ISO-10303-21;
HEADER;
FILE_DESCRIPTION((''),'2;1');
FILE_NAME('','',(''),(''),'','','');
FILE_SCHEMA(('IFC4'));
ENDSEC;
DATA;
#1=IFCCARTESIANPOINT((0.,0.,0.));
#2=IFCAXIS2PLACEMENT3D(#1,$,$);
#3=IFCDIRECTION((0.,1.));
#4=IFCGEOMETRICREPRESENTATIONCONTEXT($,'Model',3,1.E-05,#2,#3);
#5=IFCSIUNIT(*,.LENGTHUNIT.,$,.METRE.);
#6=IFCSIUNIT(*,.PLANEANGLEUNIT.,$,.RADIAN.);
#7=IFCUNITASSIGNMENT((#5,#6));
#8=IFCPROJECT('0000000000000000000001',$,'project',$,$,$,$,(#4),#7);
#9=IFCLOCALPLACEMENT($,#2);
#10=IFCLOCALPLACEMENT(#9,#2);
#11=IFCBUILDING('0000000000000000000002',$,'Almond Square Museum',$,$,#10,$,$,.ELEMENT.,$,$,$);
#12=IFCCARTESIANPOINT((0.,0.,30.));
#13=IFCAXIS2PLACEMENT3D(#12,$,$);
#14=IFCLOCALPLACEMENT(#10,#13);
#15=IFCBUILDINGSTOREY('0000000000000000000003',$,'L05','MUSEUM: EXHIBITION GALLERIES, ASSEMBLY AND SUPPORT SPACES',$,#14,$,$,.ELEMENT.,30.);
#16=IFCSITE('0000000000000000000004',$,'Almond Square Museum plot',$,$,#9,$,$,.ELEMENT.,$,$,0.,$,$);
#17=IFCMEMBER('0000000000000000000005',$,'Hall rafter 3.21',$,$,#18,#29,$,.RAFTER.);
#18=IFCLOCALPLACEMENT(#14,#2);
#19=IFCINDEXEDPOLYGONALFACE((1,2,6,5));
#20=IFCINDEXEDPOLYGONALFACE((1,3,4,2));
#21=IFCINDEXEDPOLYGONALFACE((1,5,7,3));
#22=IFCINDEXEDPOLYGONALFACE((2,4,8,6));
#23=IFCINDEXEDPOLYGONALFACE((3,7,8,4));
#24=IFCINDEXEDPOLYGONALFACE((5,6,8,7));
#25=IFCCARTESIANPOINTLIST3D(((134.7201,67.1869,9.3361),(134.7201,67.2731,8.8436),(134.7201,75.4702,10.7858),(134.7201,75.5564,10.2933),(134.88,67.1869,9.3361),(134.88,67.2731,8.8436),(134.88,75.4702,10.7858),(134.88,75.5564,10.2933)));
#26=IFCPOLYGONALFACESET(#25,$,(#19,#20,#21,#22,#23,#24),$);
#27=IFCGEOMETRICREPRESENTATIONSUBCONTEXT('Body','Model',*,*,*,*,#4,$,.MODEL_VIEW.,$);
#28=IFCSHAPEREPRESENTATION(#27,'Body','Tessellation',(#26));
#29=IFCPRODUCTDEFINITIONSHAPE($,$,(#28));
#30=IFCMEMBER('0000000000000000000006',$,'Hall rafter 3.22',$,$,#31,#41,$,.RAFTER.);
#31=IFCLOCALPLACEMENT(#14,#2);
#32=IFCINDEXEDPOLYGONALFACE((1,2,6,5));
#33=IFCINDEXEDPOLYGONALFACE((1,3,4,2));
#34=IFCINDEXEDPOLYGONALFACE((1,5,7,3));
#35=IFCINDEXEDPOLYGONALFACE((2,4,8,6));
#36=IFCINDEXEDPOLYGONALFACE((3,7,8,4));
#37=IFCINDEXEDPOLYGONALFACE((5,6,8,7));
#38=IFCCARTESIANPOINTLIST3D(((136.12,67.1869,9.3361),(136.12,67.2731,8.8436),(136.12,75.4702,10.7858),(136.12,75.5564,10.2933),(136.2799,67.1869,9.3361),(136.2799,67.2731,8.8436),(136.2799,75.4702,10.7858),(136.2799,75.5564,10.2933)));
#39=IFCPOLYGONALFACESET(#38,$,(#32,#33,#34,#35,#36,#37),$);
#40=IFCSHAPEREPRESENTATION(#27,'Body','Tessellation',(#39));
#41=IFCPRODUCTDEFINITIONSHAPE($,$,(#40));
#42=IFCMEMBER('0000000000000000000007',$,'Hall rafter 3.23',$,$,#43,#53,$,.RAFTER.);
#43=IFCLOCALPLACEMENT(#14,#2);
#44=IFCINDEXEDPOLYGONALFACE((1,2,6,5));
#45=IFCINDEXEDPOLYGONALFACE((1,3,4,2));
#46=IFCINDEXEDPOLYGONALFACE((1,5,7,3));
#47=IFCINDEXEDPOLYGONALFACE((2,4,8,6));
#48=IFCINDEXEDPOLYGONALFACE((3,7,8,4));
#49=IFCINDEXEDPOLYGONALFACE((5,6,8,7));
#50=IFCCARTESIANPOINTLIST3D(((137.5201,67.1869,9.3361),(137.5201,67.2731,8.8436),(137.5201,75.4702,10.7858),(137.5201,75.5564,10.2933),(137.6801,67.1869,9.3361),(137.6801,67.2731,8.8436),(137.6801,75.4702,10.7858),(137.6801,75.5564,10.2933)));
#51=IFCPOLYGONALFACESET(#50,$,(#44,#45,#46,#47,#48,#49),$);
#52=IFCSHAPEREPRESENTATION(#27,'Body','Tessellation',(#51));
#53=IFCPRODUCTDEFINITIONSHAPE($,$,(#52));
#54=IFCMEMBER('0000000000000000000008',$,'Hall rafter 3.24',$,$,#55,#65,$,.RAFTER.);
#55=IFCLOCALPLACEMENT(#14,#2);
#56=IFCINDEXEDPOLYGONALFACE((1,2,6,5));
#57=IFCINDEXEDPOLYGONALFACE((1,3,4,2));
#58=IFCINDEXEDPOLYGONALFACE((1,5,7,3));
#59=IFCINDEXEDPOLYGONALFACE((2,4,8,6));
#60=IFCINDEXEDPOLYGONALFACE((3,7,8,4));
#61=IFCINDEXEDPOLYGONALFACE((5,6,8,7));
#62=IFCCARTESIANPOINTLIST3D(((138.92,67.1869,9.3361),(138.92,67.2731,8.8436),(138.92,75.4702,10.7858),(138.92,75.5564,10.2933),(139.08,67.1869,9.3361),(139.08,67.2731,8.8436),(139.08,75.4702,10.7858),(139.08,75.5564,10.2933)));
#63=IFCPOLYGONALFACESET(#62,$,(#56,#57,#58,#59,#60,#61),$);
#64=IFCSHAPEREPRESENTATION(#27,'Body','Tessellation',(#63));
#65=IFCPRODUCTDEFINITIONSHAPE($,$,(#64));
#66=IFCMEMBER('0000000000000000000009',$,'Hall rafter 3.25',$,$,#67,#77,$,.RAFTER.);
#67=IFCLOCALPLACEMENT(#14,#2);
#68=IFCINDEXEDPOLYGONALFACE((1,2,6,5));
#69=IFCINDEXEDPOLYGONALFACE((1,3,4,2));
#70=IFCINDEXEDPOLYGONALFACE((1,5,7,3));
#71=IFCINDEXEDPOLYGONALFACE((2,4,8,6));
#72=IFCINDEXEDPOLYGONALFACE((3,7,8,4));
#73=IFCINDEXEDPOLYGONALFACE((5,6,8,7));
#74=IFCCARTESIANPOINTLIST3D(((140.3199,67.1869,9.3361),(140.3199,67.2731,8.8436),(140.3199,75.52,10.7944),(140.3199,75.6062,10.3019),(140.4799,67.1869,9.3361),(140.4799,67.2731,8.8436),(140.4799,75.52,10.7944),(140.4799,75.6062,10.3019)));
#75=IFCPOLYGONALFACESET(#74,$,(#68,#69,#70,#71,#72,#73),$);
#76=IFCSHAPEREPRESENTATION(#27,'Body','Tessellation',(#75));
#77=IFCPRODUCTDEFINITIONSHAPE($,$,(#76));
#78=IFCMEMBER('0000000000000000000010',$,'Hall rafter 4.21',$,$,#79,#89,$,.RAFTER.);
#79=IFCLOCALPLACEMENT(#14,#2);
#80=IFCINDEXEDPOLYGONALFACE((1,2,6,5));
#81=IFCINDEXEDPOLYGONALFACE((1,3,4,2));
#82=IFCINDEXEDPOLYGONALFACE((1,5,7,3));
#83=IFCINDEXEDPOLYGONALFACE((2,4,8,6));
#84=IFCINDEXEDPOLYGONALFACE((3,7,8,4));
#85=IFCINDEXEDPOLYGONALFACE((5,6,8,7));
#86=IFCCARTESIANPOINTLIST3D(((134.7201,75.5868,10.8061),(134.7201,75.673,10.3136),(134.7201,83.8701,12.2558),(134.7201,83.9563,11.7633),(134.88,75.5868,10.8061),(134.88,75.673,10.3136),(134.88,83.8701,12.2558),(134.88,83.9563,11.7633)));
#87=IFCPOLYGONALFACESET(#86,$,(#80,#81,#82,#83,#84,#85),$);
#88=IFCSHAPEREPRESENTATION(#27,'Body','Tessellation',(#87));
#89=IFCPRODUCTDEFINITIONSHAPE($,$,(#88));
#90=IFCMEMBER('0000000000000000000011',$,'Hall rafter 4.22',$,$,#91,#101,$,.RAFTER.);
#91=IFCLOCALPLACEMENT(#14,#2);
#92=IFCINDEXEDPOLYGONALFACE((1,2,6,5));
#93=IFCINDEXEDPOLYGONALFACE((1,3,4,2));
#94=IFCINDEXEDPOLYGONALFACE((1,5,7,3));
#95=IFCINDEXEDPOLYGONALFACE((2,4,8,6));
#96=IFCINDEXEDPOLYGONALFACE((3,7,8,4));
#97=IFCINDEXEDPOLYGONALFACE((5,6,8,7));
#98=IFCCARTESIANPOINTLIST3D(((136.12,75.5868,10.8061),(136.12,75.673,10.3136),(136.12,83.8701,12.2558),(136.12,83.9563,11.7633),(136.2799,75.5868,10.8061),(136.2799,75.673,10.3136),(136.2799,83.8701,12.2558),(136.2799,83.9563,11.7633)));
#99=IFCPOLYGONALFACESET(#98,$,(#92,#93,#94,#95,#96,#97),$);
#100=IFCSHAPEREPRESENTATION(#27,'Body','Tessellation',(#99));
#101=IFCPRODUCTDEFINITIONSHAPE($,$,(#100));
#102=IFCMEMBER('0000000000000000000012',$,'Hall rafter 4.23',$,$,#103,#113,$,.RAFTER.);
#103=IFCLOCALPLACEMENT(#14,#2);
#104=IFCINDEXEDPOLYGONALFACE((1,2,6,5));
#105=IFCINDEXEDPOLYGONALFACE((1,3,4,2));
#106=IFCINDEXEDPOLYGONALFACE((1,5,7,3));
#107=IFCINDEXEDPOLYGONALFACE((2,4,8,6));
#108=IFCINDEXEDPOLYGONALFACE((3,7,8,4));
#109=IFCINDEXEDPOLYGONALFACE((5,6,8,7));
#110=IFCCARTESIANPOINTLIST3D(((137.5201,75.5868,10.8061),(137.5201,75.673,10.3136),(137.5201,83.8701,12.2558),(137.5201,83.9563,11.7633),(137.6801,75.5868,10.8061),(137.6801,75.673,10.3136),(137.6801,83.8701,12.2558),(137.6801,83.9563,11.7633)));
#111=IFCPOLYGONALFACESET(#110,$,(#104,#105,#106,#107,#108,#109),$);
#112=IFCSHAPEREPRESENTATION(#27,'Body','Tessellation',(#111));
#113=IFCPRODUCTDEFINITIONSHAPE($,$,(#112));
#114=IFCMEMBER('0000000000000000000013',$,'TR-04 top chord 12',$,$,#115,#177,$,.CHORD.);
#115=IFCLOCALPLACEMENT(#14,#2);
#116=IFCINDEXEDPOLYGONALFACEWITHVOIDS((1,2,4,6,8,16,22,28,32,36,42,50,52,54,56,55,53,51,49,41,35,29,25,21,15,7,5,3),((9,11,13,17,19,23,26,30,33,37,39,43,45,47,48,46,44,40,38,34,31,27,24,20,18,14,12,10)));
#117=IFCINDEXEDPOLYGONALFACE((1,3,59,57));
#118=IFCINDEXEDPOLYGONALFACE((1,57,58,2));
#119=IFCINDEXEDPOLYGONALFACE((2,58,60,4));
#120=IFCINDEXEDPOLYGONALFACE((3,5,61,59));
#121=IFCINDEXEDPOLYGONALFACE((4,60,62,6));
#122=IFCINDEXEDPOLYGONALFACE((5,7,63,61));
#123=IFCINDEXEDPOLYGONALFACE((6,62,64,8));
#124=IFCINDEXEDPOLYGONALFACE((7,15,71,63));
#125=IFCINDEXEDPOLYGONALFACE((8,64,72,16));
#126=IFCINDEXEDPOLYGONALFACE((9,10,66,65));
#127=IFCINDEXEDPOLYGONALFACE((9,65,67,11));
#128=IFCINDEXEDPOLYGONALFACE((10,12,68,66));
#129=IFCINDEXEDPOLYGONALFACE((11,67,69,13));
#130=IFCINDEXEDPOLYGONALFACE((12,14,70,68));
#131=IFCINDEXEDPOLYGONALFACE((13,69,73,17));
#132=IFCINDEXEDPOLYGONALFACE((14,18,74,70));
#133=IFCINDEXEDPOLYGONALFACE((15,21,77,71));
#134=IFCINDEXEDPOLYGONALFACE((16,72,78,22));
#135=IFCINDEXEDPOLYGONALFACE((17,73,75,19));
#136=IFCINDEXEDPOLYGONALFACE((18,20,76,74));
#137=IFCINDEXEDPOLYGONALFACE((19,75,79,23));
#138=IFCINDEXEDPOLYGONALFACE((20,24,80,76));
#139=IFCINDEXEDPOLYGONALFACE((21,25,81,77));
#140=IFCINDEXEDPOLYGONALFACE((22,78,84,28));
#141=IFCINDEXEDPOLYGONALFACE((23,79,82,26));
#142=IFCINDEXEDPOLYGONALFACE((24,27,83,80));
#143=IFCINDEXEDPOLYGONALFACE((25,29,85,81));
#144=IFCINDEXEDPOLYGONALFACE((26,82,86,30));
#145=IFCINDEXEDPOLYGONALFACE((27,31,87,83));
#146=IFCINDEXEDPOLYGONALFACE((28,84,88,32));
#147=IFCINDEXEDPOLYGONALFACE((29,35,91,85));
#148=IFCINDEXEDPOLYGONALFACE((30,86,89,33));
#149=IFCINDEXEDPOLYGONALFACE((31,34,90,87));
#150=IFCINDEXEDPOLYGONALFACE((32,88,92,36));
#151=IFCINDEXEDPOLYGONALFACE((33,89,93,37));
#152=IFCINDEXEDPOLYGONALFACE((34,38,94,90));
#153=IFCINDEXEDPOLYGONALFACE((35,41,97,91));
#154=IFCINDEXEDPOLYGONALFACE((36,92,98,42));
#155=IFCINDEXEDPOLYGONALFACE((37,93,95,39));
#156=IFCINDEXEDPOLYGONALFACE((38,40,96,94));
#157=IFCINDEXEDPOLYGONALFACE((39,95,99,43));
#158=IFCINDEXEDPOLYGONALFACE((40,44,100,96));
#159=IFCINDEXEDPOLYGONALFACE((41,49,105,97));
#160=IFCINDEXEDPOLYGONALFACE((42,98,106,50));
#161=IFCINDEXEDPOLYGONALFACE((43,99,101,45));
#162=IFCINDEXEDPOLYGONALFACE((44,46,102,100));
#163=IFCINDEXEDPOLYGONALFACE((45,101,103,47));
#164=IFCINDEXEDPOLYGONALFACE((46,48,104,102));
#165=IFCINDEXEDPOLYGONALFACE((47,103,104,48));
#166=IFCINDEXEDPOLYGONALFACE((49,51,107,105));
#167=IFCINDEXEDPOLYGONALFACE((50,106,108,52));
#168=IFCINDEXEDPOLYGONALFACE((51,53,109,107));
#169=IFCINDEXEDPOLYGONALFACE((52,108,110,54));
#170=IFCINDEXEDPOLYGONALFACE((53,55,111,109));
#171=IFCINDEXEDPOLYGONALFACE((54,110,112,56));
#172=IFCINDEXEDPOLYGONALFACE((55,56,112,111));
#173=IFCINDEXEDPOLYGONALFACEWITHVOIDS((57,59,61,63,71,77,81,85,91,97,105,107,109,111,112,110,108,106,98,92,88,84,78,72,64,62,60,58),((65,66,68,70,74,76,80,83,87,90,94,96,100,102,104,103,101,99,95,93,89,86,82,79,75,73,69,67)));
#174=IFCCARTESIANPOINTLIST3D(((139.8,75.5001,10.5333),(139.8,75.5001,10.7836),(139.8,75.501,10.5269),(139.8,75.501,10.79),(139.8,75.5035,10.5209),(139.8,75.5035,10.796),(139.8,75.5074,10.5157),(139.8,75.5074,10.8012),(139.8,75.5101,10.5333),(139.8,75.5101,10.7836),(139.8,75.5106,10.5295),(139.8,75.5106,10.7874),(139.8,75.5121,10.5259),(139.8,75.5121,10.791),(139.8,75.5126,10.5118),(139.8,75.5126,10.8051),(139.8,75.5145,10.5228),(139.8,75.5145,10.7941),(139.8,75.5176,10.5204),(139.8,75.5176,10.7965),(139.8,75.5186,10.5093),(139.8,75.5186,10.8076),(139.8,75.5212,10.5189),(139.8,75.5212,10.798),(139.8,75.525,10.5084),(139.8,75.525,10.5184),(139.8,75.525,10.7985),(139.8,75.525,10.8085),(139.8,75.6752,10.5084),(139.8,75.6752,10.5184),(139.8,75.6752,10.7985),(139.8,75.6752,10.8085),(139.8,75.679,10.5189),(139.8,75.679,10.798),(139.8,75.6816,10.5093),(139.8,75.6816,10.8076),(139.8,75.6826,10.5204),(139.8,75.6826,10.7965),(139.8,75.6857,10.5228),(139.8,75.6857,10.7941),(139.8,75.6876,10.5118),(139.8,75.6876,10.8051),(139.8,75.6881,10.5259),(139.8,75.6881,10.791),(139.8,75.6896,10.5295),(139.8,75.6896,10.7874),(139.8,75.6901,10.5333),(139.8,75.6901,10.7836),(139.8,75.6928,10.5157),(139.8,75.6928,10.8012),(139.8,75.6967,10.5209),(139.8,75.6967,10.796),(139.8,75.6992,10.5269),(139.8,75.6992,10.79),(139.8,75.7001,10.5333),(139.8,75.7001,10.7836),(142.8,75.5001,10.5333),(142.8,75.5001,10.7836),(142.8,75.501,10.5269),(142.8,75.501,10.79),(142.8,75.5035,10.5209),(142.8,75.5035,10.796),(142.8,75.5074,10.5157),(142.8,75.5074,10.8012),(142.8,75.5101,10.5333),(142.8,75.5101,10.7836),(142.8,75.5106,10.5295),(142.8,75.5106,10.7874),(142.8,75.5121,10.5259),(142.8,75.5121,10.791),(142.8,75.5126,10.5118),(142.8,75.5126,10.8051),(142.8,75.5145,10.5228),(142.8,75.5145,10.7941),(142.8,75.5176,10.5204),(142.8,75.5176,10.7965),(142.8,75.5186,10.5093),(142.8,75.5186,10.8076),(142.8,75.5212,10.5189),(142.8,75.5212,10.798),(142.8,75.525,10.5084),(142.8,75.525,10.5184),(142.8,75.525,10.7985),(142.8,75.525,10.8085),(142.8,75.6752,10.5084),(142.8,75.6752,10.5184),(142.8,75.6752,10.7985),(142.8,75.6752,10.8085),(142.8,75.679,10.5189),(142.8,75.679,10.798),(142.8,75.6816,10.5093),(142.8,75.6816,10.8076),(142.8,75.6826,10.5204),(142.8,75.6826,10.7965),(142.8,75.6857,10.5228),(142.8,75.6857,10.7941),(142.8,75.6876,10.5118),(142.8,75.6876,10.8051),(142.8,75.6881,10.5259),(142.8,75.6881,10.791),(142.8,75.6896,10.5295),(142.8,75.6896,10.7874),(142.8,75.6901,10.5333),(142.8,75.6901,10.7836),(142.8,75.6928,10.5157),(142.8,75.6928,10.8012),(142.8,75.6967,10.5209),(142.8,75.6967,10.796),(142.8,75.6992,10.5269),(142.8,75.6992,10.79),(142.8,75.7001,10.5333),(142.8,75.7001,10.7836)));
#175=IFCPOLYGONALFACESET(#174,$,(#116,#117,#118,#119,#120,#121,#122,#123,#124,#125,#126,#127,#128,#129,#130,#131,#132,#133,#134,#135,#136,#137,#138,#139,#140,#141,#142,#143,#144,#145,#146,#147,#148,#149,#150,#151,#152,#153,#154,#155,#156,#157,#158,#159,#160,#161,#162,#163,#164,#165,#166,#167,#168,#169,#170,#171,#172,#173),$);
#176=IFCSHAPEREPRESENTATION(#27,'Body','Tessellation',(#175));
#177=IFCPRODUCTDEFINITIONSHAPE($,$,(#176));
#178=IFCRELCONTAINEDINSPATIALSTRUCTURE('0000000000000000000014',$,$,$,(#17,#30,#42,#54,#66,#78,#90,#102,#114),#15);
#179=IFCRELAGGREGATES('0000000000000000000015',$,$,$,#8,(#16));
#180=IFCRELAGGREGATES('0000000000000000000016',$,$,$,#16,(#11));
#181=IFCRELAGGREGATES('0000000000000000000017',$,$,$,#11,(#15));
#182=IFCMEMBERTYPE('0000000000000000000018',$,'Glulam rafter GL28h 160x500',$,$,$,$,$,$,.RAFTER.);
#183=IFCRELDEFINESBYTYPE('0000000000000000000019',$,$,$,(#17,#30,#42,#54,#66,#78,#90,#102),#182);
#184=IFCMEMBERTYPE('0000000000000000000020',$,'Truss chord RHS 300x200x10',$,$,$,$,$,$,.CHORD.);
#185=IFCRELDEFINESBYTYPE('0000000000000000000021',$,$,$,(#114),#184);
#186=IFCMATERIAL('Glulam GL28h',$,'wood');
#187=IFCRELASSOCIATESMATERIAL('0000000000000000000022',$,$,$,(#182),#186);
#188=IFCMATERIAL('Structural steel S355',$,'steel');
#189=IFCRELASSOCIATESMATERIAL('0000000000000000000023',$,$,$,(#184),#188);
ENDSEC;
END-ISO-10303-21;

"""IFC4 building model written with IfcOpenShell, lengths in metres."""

from ifc_helpers import new_model, si_unit, direction, frame, origin, origin_2d, place, context, subcontext, project, spatial, rectangle, hollow_rectangle, extrude, material, material_profile, profile_set, type_object, element, save


model = new_model("IFC4")

# Units and contexts
model_context = context("Model", 3, precision=1e-05, world=origin(), true_north=direction((0.0, 1.0)))
body_context = subcontext(model_context, "Body", "Model", "MODEL_VIEW")
ifc_project = project(units=[si_unit("LENGTHUNIT", "METRE"), si_unit("PLANEANGLEUNIT", "RADIAN")], contexts=[model_context])

# Site, building, storey
site_placement = place(None, origin())
site = spatial("IfcSite", under=ifc_project, at=site_placement, Name="Almond Square Museum plot", CompositionType="ELEMENT", RefElevation=0.0)
building_placement = place(site_placement, origin())
building = spatial("IfcBuilding", under=site, at=building_placement, Name="Almond Square Museum", CompositionType="ELEMENT")
storey_placement = place(building_placement, frame((0.0, 0.0, 30.0)))
storey = spatial("IfcBuildingStorey", under=building, at=storey_placement, Name="L05", Description="MUSEUM: EXHIBITION GALLERIES, ASSEMBLY AND SUPPORT SPACES", CompositionType="ELEMENT", Elevation=30.0)

# Members
ifc_material_1 = material(Name="Glulam GL28h", Category="wood")
ifc_material_profile_1 = material_profile(ifc_material_1, rectangle(XDim=0.1599, YDim=0.5, at=origin_2d()))
ifc_profile_set_1 = profile_set([ifc_material_profile_1], Name="Glulam GL28h")
member_type_1 = type_object("IfcMemberType", Name="Glulam rafter GL28h 160x500", PredefinedType="RAFTER", material=ifc_profile_set_1)
for number, where, z_axis, x_axis, name in (
    (1, (134.8, 67.23, 9.0898), (0.0, 0.985028, 0.172397), (-1.0, 0.0, 0.0), "Hall rafter 3.21"),
    (2, (136.2, 67.23, 9.0898), (0.0, 0.985028, 0.172397), (-1.0, 0.0, 0.0), "Hall rafter 3.22"),
    (3, (137.6001, 67.23, 9.0898), (0.0, 0.985028, 0.172397), (-1.0, 0.0, 0.0), "Hall rafter 3.23"),
    (4, (139.0, 67.23, 9.0898), (0.0, 0.985028, 0.172397), (-1.0, 0.0, 0.0), "Hall rafter 3.24"),
):
    element("IfcMember", number, at=place(storey_placement, frame(where, z_axis=z_axis, x_axis=x_axis)), inside=storey, type_object=member_type_1, Name=name, PredefinedType="RAFTER", context=body_context, shape_type="SweptSolid", body=[
        extrude(rectangle(XDim=0.1599, YDim=0.5, at=origin_2d()), origin(), (0.0, 0.0, 1.0), 8.4092),
    ])
member_1_placement = place(storey_placement, frame((140.3999, 67.23, 9.0898), z_axis=(0.0, 0.985031, 0.172378), x_axis=(-1.0, 0.0, 0.0)))
element("IfcMember", 5, at=member_1_placement, inside=storey, type_object=member_type_1, Name="Hall rafter 3.25", PredefinedType="RAFTER", context=body_context, shape_type="SweptSolid", body=[
    extrude(rectangle(XDim=0.1599, YDim=0.5, at=origin_2d()), origin(), (0.0, 0.0, 1.0), 8.4597),
])
for number, where, z_axis, x_axis, name in (
    (6, (134.8, 75.6299, 10.5598), (0.0, 0.985028, 0.172397), (-1.0, 0.0, 0.0), "Hall rafter 4.21"),
    (7, (136.2, 75.6299, 10.5598), (0.0, 0.985028, 0.172397), (-1.0, 0.0, 0.0), "Hall rafter 4.22"),
    (8, (137.6001, 75.6299, 10.5598), (0.0, 0.985028, 0.172397), (-1.0, 0.0, 0.0), "Hall rafter 4.23"),
):
    element("IfcMember", number, at=place(storey_placement, frame(where, z_axis=z_axis, x_axis=x_axis)), inside=storey, type_object=member_type_1, Name=name, PredefinedType="RAFTER", context=body_context, shape_type="SweptSolid", body=[
        extrude(rectangle(XDim=0.1599, YDim=0.5, at=origin_2d()), origin(), (0.0, 0.0, 1.0), 8.4092),
    ])
ifc_material_2 = material(Name="Structural steel S355", Category="steel")
ifc_material_profile_2 = material_profile(ifc_material_2, hollow_rectangle(XDim=0.2, YDim=0.3, WallThickness=0.01, InnerFilletRadius=0.0149, OuterFilletRadius=0.0249, at=origin_2d()))
ifc_profile_set_2 = profile_set([ifc_material_profile_2], Name="Structural steel S355")
member_type_2 = type_object("IfcMemberType", Name="Truss chord RHS 300x200x10", PredefinedType="CHORD", material=ifc_profile_set_2)
member_2_placement = place(storey_placement, frame((139.8, 75.6001, 10.6584), z_axis=(1.0, 0.0, 0.0), x_axis=(0.0, 1.0, 0.0)))
element("IfcMember", 9, at=member_2_placement, inside=storey, type_object=member_type_2, Name="TR-04 top chord 12", PredefinedType="CHORD", context=body_context, shape_type="SweptSolid", body=[
    extrude(hollow_rectangle(XDim=0.2, YDim=0.3, WallThickness=0.01, InnerFilletRadius=0.0149, OuterFilletRadius=0.0249, at=origin_2d()), origin(), (0.0, 0.0, 1.0), 3.0),
])

save(model, "model.ifc")
